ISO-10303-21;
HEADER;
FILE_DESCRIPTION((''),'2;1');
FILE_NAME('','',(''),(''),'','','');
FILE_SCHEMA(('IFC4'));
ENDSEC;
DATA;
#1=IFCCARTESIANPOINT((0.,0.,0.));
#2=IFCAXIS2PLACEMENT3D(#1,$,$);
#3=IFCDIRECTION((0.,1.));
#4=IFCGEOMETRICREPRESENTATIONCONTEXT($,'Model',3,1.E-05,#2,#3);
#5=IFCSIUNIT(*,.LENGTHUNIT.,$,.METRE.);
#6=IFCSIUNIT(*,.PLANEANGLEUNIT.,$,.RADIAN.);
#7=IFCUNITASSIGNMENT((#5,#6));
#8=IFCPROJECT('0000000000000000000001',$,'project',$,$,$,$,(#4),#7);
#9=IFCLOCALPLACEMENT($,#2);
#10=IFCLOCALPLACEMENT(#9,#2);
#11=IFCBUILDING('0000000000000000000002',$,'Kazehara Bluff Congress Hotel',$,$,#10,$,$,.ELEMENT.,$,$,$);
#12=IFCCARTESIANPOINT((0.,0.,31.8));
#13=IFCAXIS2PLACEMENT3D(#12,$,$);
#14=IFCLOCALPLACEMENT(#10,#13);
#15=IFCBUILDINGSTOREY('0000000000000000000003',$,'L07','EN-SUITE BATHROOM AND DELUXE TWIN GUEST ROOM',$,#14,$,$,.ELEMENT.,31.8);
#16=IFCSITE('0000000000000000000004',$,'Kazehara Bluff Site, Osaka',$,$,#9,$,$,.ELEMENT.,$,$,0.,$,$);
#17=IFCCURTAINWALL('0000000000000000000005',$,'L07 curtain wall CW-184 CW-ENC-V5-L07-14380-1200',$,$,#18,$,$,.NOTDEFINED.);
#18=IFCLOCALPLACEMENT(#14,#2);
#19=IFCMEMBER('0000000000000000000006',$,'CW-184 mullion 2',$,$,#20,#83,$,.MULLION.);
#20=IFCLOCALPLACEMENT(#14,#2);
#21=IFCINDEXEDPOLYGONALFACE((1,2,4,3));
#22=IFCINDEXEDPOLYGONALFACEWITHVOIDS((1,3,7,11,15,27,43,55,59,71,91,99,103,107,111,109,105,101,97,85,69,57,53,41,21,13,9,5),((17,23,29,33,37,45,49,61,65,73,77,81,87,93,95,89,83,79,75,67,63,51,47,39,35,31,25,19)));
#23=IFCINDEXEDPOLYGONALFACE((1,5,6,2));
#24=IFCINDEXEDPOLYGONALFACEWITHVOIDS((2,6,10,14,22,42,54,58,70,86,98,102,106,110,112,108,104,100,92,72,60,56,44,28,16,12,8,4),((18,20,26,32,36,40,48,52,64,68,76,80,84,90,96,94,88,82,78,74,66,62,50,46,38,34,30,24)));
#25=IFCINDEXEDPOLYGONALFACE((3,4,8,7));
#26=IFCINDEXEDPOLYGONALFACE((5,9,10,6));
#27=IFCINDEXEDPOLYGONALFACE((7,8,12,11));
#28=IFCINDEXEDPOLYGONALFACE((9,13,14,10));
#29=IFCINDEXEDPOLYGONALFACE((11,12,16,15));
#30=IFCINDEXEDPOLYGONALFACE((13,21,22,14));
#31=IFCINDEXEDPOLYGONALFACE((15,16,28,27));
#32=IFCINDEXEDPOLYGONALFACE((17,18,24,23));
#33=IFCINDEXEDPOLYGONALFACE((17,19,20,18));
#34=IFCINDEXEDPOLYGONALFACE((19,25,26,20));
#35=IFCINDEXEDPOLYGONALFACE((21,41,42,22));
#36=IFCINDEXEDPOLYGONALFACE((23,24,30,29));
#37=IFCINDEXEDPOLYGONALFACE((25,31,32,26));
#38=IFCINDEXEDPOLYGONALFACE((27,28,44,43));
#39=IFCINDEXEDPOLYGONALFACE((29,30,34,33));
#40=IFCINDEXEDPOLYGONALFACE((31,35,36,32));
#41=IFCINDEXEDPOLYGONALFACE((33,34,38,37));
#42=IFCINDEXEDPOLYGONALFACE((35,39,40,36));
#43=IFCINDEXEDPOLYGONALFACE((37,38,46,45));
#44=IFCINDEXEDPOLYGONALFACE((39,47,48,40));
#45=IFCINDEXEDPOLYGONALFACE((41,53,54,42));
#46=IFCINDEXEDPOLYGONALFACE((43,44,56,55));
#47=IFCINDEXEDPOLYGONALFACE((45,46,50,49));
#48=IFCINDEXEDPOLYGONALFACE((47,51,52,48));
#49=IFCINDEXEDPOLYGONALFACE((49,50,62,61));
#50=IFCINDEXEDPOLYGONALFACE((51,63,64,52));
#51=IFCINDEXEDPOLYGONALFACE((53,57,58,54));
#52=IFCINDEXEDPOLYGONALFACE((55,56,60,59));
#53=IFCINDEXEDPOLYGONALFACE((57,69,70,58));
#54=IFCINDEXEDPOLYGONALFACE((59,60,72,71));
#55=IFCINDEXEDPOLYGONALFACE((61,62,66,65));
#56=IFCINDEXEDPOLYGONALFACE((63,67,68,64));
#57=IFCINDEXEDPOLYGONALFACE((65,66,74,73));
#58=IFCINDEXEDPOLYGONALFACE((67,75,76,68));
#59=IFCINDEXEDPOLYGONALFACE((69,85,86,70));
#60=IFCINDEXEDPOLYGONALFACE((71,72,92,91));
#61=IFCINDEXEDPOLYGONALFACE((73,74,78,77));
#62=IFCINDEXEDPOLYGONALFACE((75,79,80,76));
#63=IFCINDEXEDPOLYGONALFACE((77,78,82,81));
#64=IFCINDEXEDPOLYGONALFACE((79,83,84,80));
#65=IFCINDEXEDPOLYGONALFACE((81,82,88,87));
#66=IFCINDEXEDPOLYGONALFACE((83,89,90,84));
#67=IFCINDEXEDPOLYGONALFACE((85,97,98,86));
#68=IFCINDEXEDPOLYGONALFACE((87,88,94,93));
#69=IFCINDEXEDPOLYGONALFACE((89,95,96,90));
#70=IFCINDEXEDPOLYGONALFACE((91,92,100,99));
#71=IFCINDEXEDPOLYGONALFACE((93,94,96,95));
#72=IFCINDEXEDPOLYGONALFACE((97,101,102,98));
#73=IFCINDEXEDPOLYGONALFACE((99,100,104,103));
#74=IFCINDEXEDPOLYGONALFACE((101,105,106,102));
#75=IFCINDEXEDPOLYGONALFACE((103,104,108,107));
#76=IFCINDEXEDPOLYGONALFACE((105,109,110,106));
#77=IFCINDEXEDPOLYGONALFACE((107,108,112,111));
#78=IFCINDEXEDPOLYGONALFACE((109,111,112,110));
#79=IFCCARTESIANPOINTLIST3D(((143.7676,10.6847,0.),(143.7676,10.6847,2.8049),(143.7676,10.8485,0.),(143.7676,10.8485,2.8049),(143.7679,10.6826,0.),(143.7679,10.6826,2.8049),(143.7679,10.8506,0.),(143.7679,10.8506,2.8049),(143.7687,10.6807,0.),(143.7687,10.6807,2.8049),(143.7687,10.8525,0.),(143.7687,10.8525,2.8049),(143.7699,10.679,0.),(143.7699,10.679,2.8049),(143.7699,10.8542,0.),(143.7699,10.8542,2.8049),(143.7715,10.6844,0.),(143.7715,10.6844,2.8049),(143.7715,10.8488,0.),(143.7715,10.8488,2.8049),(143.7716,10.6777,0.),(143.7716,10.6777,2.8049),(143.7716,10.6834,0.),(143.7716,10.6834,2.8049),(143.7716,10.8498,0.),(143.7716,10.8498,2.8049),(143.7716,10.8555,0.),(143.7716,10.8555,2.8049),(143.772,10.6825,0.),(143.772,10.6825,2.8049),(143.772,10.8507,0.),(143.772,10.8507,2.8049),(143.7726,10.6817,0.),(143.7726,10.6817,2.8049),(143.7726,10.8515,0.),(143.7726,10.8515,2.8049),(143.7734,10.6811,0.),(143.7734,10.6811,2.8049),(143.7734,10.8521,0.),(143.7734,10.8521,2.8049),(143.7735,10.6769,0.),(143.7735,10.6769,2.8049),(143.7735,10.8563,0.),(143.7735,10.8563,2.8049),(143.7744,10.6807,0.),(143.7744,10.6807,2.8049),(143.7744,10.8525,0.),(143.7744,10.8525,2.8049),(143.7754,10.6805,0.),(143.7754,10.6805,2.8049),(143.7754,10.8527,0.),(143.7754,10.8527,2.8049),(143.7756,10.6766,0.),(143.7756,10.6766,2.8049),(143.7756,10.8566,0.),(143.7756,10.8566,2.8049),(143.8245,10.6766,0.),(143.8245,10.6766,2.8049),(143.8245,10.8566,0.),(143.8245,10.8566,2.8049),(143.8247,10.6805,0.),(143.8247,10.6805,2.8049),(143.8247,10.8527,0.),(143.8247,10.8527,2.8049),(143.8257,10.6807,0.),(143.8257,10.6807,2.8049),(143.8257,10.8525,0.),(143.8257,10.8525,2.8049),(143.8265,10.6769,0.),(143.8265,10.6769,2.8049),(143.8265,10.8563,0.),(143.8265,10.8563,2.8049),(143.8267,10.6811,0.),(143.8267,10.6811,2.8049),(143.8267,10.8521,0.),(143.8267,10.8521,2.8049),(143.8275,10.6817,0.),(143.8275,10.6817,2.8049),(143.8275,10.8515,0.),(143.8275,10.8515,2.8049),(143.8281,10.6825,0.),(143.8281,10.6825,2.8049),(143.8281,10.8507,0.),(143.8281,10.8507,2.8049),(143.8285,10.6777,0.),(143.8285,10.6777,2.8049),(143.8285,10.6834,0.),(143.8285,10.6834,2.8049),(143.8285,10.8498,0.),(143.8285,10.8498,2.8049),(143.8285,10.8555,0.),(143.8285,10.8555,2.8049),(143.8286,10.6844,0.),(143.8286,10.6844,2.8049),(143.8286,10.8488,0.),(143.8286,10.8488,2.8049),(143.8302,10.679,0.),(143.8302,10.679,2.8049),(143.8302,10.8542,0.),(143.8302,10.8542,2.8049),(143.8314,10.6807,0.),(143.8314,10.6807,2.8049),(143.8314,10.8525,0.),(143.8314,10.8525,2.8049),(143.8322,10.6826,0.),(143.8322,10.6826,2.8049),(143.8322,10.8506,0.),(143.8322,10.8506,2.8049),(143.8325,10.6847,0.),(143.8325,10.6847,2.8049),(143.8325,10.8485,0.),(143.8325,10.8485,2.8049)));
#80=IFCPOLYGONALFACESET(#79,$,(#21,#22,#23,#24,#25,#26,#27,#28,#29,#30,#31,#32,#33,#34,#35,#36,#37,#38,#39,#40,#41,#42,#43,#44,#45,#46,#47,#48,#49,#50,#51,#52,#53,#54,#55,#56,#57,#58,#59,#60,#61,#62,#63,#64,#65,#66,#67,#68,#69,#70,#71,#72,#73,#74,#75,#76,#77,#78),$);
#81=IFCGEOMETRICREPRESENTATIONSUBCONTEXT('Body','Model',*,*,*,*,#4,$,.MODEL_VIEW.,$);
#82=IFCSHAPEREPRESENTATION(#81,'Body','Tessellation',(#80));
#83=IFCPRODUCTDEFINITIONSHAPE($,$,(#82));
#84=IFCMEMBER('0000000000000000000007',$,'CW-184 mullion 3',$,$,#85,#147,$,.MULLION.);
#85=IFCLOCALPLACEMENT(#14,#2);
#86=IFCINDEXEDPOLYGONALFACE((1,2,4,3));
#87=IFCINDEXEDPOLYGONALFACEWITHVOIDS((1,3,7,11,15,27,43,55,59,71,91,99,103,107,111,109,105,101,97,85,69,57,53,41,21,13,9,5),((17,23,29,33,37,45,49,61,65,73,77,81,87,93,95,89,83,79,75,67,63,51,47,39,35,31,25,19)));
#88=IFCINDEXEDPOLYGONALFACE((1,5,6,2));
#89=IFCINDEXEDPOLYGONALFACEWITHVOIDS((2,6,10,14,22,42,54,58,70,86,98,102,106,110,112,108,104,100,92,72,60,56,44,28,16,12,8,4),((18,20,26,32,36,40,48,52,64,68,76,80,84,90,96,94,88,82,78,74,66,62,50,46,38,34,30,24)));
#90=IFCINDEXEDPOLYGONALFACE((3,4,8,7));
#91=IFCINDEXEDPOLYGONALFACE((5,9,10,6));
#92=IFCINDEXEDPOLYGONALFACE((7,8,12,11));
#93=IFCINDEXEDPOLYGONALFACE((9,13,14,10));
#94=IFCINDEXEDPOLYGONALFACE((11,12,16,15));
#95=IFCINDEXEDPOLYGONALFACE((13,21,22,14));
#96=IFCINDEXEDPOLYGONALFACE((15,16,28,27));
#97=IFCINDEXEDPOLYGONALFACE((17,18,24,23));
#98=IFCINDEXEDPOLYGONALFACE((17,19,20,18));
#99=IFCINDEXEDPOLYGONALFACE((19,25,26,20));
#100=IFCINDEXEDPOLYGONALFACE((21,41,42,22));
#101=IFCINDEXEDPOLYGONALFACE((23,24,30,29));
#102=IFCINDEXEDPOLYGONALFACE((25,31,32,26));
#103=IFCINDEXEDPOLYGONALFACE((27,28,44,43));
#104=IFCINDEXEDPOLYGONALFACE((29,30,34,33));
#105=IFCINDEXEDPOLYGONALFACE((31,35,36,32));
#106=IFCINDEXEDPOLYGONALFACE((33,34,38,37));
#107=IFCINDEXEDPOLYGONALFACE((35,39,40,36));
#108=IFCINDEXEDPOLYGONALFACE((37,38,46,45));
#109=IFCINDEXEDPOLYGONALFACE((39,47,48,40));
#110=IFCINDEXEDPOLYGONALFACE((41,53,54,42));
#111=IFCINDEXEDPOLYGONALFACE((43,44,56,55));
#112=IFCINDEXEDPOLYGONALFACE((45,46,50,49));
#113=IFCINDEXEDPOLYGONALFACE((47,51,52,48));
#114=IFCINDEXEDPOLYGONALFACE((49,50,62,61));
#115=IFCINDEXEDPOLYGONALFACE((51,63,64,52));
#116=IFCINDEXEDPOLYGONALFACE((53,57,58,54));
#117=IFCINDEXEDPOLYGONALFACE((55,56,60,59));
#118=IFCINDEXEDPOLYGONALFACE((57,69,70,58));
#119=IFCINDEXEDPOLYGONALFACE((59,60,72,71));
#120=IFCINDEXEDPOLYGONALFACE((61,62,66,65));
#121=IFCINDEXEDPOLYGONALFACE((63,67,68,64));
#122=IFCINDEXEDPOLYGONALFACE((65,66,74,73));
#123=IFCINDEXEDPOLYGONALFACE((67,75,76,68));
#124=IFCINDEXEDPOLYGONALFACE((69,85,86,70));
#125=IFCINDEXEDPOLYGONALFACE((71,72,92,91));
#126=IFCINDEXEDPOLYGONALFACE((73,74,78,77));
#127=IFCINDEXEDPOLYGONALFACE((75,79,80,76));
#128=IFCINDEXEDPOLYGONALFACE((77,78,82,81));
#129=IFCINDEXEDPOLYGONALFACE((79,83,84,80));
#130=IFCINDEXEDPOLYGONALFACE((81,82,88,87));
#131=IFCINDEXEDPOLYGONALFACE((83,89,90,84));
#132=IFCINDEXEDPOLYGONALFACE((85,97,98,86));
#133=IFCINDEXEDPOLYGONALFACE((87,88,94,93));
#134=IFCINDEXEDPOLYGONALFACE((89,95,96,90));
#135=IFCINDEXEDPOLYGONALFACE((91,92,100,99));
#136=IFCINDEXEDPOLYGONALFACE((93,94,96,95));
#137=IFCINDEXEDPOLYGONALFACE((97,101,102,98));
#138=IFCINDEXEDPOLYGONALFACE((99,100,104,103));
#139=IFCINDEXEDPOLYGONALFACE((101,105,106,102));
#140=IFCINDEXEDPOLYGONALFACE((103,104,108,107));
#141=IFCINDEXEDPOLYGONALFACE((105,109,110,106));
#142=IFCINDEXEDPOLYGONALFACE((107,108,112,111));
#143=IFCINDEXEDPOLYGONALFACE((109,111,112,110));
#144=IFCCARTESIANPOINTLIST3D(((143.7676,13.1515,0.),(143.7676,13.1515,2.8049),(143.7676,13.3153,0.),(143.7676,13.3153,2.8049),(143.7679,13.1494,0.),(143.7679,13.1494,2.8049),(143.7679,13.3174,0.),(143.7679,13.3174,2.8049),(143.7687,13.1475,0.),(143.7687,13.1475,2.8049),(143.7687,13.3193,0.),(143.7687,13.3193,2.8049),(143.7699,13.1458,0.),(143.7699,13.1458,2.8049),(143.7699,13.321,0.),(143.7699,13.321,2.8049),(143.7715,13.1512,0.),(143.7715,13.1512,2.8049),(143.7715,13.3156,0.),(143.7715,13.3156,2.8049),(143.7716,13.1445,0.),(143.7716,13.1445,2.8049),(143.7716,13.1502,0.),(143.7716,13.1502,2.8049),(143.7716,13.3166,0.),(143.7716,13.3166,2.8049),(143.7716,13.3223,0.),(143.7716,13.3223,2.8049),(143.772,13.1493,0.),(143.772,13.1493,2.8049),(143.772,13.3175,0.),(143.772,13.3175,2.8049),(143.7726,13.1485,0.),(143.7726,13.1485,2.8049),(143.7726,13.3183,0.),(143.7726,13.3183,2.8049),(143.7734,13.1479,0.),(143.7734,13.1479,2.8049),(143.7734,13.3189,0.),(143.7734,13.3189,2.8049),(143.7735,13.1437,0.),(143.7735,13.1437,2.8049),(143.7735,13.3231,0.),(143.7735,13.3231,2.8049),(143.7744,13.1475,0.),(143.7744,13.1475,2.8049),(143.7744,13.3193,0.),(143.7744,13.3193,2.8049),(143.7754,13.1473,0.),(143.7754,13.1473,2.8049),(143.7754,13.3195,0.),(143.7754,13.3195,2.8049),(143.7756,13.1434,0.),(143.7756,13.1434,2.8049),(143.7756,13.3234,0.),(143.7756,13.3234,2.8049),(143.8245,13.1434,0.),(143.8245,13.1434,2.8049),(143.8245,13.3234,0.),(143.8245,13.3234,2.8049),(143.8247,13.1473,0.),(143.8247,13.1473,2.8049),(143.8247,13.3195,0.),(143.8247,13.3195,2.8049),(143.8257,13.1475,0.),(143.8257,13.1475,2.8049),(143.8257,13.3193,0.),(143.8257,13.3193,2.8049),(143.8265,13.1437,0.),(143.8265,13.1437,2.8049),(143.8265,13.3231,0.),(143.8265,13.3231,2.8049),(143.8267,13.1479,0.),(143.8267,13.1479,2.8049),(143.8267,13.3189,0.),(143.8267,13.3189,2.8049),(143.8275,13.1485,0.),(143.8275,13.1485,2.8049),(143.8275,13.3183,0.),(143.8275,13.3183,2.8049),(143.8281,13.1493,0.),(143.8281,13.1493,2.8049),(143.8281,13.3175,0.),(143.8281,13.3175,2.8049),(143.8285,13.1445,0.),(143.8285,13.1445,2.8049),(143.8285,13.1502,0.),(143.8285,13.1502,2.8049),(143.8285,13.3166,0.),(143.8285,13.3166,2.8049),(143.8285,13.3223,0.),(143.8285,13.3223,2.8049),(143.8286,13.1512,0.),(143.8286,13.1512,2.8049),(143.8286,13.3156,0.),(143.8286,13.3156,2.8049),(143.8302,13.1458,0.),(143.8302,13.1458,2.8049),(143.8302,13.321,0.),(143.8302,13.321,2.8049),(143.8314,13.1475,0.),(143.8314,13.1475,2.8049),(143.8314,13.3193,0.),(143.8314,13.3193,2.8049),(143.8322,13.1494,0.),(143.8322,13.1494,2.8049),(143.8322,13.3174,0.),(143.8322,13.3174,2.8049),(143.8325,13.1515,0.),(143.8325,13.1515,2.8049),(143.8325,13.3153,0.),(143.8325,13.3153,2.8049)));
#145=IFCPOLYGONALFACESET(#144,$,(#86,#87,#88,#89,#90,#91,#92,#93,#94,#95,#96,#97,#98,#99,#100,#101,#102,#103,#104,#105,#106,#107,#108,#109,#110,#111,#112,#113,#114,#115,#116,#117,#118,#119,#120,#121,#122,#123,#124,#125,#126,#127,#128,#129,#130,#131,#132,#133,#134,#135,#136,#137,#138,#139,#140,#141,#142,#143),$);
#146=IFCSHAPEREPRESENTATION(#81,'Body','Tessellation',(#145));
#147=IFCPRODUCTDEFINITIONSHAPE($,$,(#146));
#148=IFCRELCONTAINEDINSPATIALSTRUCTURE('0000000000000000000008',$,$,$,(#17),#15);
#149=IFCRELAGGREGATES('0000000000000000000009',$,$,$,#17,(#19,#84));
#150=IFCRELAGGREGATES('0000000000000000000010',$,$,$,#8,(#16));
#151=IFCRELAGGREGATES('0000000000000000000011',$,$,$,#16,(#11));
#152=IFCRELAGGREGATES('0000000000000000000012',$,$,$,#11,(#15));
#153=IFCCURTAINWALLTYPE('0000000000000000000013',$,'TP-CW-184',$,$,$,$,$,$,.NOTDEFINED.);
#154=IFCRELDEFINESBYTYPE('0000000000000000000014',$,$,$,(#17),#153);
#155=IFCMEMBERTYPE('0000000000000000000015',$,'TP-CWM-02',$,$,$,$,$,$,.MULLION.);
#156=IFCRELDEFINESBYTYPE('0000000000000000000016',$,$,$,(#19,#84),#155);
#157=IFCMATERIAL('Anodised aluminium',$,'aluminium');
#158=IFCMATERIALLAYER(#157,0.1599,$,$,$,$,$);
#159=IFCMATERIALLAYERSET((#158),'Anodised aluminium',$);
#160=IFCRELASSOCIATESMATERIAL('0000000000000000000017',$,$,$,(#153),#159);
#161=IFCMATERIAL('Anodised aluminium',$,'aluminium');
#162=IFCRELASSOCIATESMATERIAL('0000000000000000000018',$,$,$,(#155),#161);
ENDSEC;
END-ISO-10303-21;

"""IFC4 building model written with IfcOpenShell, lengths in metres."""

from ifc_helpers import new_model, si_unit, direction, frame, origin, origin_2d, place, context, subcontext, project, spatial, hollow_rectangle, extrude, material, layer, layer_set, material_profile, profile_set, type_object, element, aggregate, save


model = new_model("IFC4")

# Units and contexts
model_context = context("Model", 3, precision=1e-05, world=origin(), true_north=direction((0.0, 1.0)))
body_context = subcontext(model_context, "Body", "Model", "MODEL_VIEW")
ifc_project = project(units=[si_unit("LENGTHUNIT", "METRE"), si_unit("PLANEANGLEUNIT", "RADIAN")], contexts=[model_context])

# Site, building, storey
site_placement = place(None, origin())
site = spatial("IfcSite", under=ifc_project, at=site_placement, Name="Kazehara Bluff Site, Osaka", CompositionType="ELEMENT", RefElevation=0.0)
building_placement = place(site_placement, origin())
building = spatial("IfcBuilding", under=site, at=building_placement, Name="Kazehara Bluff Congress Hotel", CompositionType="ELEMENT")
storey_placement = place(building_placement, frame((0.0, 0.0, 31.8)))
storey = spatial("IfcBuildingStorey", under=building, at=storey_placement, Name="L07", Description="EN-SUITE BATHROOM AND DELUXE TWIN GUEST ROOM", CompositionType="ELEMENT", Elevation=31.8)

# Curtain wall, members
ifc_material_1 = material(Name="Anodised aluminium", Category="aluminium")
ifc_layer_1 = layer(ifc_material_1, 0.1599)
ifc_layer_set_1 = layer_set([ifc_layer_1], Name="Anodised aluminium")
curtain_wall_type_1 = type_object("IfcCurtainWallType", Name="TP-CW-184", PredefinedType="NOTDEFINED", material=ifc_layer_set_1)
curtain_wall_1_placement = place(storey_placement, origin())
curtain_wall_1 = element("IfcCurtainWall", 1, at=curtain_wall_1_placement, inside=storey, type_object=curtain_wall_type_1, Name="L07 curtain wall CW-184 CW-ENC-V5-L07-14380-1200", PredefinedType="NOTDEFINED")
ifc_material_2 = material(Name="Anodised aluminium", Category="aluminium")
ifc_material_profile_1 = material_profile(ifc_material_2, hollow_rectangle(XDim=0.0649, YDim=0.1799, WallThickness=0.0039, InnerFilletRadius=0.0039, OuterFilletRadius=0.0081, at=origin_2d()))
ifc_profile_set_1 = profile_set([ifc_material_profile_1], Name="Anodised aluminium")
member_type_1 = type_object("IfcMemberType", Name="TP-CWM-02", PredefinedType="MULLION", material=ifc_profile_set_1)
member_1_placement = place(storey_placement, frame((143.8, 10.7666, 0.0), z_axis=(0.0, 0.0, 1.0), x_axis=(-1.0, 0.0, 0.0)))
member_1 = element("IfcMember", 2, at=member_1_placement, type_object=member_type_1, Name="CW-184 mullion 2", PredefinedType="MULLION", context=body_context, shape_type="SweptSolid", body=[
    extrude(hollow_rectangle(XDim=0.0649, YDim=0.1799, WallThickness=0.0039, InnerFilletRadius=0.0039, OuterFilletRadius=0.0081, at=origin_2d()), origin(), (0.0, 0.0, 1.0), 2.8049),
])
member_2_placement = place(storey_placement, frame((143.8, 13.2334, 0.0), z_axis=(0.0, 0.0, 1.0), x_axis=(-1.0, 0.0, 0.0)))
member_2 = element("IfcMember", 3, at=member_2_placement, type_object=member_type_1, Name="CW-184 mullion 3", PredefinedType="MULLION", context=body_context, shape_type="SweptSolid", body=[
    extrude(hollow_rectangle(XDim=0.0649, YDim=0.1799, WallThickness=0.0039, InnerFilletRadius=0.0039, OuterFilletRadius=0.0081, at=origin_2d()), origin(), (0.0, 0.0, 1.0), 2.8049),
])

aggregate(curtain_wall_1, [member_1, member_2])

save(model, "model.ifc")
